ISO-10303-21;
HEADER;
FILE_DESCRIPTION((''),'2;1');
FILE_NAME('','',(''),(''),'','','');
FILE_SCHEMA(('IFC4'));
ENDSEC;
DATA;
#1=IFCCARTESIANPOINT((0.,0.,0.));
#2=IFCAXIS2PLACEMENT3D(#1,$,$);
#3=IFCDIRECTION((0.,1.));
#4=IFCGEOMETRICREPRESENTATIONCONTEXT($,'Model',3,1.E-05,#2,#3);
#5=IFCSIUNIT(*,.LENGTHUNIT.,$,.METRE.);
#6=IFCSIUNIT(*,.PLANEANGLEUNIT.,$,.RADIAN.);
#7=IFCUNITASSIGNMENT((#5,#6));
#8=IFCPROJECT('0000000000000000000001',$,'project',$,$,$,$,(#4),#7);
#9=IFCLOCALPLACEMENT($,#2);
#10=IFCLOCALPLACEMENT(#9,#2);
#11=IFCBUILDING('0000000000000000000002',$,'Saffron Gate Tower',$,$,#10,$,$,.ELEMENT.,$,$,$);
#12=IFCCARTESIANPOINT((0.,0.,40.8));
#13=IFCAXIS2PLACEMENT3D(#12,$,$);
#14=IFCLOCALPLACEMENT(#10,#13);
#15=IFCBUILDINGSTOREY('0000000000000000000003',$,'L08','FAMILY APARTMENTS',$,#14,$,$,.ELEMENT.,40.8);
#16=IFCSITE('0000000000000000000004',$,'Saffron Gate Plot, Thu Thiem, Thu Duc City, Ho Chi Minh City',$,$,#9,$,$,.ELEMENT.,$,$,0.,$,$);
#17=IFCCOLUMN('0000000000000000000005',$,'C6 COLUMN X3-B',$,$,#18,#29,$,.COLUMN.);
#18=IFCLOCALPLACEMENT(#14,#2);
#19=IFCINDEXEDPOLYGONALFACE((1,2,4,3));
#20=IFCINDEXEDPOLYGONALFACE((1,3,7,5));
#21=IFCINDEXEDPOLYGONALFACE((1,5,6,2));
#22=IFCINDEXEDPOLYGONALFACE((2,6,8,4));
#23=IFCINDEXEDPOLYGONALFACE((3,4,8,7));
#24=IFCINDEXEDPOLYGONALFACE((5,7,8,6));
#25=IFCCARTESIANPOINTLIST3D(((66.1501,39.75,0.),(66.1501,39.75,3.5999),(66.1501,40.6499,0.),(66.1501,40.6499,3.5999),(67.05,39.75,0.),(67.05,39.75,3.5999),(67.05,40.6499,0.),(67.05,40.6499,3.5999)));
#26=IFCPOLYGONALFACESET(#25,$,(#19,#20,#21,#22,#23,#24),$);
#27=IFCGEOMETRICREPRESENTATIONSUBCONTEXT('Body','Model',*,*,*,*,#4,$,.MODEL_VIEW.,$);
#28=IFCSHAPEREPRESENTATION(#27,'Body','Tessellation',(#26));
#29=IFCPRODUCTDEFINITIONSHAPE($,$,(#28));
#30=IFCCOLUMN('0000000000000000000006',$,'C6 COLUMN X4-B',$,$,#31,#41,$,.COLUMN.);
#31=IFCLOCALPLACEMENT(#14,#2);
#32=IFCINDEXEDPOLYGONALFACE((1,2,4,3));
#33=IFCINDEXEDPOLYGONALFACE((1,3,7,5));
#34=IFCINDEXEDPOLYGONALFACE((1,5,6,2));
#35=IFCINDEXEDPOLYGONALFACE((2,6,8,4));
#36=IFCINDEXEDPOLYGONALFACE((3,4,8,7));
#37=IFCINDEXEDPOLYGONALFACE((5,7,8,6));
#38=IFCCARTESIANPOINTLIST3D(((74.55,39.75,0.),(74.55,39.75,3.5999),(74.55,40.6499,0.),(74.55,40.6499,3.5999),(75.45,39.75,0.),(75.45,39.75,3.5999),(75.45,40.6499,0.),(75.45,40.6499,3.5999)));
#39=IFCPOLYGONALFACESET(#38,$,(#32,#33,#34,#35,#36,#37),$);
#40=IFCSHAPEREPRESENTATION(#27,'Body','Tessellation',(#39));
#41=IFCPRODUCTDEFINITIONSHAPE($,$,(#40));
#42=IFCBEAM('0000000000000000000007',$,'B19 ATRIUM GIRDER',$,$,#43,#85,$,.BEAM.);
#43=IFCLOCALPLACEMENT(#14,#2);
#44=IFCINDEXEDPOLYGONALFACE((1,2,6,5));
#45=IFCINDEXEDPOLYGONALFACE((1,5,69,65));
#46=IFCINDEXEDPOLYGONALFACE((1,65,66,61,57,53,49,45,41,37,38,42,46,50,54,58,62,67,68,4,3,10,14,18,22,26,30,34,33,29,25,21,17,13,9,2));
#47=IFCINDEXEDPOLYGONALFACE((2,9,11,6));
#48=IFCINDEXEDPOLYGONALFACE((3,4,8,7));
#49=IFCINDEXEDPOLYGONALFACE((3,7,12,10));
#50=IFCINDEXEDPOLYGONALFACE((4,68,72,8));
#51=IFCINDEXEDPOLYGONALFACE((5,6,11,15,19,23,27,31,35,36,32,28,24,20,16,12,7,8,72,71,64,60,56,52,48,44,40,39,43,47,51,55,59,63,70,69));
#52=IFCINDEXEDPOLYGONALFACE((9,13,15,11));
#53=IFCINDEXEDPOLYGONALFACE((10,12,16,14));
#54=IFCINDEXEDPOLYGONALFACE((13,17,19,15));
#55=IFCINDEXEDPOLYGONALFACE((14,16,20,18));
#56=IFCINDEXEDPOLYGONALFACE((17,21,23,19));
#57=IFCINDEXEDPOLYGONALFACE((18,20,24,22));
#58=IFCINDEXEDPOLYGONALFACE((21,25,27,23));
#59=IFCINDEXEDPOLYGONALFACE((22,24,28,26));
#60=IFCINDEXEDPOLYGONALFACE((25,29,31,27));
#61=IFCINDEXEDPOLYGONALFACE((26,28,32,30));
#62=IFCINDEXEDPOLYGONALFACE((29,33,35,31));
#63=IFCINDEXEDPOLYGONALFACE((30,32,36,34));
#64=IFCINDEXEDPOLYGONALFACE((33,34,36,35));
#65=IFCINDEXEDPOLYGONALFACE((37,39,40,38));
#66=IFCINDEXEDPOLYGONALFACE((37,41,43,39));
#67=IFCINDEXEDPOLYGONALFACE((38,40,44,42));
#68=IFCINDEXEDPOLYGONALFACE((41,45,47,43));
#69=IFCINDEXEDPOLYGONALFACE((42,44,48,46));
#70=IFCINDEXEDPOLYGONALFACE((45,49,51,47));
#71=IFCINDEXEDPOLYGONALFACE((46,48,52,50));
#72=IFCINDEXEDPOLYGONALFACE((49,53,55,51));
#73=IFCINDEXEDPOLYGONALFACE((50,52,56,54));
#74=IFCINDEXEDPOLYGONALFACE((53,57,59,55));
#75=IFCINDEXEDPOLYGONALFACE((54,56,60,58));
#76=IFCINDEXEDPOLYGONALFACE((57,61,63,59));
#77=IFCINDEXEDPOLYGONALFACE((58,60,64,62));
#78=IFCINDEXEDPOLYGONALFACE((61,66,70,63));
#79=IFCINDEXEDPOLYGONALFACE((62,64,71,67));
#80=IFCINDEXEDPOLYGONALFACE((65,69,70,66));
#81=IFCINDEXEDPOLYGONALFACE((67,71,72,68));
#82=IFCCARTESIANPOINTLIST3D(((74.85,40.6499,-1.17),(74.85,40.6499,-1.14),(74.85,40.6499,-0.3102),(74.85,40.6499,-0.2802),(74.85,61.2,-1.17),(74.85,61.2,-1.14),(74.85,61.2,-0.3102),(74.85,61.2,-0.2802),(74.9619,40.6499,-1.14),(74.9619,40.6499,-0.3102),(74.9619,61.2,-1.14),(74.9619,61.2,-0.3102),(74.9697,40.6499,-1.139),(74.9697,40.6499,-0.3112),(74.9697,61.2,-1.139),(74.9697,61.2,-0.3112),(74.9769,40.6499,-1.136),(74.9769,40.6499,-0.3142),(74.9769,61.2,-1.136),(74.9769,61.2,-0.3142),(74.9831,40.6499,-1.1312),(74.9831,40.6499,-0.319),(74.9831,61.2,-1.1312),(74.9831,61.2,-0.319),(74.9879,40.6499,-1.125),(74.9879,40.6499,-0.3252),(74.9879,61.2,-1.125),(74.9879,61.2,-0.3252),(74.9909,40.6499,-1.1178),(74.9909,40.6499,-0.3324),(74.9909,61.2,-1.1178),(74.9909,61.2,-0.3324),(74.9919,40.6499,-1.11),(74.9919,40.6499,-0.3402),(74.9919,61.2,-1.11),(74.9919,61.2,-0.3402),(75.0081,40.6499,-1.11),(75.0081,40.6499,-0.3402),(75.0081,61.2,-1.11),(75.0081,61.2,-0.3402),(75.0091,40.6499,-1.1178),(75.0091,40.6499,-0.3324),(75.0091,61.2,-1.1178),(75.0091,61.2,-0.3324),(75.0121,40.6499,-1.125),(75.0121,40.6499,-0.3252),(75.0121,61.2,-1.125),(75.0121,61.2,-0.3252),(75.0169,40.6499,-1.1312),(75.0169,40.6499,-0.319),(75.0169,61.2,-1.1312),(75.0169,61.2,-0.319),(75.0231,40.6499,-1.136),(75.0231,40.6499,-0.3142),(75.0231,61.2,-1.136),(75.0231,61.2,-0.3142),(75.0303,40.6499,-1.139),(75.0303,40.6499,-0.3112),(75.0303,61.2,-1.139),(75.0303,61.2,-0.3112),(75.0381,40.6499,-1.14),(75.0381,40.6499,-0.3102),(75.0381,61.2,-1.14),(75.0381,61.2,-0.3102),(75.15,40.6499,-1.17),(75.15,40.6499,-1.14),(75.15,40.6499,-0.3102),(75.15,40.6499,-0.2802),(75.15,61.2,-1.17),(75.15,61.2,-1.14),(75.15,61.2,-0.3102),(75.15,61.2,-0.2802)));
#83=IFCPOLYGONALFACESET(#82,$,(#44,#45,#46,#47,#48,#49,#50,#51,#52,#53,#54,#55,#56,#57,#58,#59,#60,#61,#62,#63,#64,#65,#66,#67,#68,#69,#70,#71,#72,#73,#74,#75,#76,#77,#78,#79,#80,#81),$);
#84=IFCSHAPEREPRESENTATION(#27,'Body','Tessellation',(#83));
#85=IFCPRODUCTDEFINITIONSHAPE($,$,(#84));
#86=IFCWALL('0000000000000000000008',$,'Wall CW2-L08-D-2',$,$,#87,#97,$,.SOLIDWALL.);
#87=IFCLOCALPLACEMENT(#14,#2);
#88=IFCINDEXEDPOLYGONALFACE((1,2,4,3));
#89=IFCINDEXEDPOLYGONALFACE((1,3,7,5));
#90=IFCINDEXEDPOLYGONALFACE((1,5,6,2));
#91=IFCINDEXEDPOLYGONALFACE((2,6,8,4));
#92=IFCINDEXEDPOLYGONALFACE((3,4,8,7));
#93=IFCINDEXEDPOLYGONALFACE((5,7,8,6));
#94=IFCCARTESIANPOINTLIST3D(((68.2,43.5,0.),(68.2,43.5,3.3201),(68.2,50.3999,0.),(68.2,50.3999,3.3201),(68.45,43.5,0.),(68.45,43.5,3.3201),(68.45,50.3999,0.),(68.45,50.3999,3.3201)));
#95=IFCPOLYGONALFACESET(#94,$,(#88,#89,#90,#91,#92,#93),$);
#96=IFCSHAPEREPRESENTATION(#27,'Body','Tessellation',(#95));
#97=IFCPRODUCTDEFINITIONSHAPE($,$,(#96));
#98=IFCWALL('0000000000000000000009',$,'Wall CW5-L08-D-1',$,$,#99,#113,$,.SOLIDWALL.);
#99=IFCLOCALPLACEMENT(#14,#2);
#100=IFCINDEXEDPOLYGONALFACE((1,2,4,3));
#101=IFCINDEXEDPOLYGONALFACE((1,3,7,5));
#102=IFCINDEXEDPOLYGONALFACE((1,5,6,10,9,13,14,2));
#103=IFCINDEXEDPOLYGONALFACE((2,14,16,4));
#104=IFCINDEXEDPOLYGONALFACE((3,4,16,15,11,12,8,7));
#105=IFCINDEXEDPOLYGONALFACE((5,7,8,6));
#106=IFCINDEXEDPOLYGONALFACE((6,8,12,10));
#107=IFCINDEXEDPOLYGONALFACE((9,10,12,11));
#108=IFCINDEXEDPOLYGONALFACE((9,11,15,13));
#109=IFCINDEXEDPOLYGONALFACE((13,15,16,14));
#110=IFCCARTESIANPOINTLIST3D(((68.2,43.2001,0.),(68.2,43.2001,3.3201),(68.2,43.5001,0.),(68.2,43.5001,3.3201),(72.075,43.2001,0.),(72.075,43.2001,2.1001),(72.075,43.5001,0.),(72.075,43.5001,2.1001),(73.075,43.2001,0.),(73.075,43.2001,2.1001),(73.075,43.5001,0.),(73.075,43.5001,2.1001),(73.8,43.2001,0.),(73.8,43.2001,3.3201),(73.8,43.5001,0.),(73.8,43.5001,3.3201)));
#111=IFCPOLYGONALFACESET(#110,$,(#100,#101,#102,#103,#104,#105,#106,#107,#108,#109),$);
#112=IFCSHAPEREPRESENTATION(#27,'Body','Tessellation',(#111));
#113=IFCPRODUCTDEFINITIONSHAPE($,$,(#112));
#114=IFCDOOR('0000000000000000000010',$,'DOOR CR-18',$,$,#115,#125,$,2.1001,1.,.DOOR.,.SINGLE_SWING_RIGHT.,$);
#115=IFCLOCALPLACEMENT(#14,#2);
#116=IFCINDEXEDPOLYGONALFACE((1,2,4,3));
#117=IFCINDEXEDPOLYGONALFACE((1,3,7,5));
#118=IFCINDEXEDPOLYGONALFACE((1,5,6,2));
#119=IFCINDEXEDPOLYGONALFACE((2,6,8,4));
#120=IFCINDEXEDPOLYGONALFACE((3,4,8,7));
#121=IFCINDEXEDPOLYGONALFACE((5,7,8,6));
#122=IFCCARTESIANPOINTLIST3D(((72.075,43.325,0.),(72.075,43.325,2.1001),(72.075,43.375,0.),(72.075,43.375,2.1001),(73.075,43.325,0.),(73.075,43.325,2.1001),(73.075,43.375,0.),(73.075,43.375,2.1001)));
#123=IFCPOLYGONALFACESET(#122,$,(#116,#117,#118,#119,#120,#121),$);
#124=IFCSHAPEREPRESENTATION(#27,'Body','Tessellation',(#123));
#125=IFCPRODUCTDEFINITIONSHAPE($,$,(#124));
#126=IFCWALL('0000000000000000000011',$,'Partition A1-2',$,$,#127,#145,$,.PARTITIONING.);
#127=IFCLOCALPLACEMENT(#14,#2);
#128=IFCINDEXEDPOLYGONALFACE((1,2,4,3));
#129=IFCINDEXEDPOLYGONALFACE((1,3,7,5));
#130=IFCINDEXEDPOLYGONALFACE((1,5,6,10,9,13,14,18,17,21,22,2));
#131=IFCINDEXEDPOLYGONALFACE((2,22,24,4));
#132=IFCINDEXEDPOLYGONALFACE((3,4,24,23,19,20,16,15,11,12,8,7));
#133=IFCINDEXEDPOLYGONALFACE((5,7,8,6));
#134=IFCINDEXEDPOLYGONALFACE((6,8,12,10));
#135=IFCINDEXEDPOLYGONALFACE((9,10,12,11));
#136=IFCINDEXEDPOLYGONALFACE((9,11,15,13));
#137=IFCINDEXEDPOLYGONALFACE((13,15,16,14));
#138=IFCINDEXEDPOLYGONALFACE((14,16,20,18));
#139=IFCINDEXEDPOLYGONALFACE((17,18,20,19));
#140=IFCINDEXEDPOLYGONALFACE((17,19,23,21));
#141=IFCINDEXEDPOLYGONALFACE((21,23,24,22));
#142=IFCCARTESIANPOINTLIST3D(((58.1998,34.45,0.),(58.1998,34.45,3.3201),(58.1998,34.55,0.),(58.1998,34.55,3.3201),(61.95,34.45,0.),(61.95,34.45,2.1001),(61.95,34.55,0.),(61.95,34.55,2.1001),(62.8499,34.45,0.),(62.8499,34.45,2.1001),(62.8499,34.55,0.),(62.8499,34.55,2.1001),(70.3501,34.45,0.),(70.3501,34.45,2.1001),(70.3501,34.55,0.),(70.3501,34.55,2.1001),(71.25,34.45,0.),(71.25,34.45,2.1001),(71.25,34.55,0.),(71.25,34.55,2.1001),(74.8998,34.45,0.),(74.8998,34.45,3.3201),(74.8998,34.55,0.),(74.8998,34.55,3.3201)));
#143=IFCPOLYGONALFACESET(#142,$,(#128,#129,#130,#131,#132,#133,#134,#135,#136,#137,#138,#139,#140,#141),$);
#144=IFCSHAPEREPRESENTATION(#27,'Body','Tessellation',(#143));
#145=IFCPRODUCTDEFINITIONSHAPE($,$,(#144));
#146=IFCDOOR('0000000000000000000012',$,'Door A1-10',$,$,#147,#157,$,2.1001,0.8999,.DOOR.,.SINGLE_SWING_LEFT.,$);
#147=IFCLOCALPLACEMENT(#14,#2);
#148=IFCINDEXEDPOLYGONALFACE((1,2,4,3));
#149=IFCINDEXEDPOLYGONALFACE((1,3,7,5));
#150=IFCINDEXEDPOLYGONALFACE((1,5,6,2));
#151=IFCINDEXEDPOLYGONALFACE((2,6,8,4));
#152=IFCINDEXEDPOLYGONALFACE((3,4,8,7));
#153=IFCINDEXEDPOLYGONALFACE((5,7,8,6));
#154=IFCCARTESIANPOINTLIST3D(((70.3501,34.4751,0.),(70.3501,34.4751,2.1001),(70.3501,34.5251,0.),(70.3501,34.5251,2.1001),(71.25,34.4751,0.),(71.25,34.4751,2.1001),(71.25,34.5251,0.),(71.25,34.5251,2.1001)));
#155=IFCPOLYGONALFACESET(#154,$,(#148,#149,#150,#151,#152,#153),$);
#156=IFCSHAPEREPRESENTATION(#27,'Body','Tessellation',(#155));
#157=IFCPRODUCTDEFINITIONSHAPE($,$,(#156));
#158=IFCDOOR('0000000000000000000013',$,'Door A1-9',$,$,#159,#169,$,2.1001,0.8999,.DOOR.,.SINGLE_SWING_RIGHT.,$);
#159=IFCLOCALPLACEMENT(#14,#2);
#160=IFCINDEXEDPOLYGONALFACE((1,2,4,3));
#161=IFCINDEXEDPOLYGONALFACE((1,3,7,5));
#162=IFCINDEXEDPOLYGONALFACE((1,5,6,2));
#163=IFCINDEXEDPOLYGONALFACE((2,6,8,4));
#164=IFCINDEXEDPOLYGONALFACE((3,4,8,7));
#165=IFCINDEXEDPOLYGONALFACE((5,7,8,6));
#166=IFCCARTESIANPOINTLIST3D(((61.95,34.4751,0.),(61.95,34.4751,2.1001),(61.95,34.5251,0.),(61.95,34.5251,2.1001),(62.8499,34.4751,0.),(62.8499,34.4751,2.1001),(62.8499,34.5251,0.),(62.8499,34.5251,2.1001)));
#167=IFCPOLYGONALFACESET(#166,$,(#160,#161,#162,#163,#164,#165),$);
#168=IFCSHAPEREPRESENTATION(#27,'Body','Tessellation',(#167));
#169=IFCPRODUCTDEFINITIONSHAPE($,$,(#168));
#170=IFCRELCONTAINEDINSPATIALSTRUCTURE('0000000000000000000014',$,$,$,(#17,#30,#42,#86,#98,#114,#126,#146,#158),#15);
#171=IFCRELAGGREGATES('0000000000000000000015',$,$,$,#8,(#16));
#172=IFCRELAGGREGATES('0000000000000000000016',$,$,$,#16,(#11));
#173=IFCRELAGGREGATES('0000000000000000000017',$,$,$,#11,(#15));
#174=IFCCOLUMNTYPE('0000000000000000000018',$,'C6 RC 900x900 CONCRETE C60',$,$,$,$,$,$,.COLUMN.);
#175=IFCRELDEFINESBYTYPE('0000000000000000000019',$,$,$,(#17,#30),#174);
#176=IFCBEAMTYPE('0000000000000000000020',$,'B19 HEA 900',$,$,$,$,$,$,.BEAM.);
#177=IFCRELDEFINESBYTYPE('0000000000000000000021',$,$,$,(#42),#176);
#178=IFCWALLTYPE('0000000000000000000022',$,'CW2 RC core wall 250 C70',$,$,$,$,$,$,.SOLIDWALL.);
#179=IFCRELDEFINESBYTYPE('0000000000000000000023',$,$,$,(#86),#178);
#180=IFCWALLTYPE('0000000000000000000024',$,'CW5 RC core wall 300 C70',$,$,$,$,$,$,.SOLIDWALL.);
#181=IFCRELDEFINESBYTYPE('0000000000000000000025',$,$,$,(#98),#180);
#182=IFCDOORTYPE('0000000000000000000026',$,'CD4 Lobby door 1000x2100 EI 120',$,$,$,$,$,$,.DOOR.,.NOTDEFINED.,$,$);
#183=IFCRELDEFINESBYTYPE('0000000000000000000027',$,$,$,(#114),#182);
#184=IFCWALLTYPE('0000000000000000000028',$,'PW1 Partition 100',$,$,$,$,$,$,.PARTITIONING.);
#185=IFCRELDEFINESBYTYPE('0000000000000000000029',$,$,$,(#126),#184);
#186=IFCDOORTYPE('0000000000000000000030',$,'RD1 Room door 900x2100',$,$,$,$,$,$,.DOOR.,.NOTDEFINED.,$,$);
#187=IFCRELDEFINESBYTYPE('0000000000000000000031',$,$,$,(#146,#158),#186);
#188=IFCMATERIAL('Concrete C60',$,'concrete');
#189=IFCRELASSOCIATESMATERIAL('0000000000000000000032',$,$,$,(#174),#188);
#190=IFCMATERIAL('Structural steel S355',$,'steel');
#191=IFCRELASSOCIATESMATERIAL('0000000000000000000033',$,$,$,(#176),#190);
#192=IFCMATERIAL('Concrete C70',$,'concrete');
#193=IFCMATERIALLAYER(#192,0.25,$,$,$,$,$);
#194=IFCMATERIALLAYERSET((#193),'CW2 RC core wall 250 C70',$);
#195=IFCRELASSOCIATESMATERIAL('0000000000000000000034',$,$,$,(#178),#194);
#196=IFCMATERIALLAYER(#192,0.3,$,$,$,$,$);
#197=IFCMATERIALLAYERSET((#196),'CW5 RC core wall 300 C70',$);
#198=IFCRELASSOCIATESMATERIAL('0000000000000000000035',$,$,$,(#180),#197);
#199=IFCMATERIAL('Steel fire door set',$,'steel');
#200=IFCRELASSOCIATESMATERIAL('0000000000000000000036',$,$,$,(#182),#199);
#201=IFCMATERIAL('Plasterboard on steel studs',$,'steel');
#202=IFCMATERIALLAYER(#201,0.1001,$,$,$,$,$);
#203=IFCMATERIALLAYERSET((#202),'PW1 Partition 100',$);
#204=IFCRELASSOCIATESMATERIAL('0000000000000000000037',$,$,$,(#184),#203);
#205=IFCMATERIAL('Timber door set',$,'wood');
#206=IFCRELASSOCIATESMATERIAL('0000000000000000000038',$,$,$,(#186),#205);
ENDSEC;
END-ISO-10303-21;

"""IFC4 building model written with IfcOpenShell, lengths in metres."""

from ifc_helpers import new_model, si_unit, direction, frame, frame_2d, origin, origin_2d, place, context, subcontext, project, spatial, rectangle, i_section, extrude, material, layer, layer_set, material_profile, profile_set, type_object, element, fill, save


model = new_model("IFC4")

# Units and contexts
model_context = context("Model", 3, precision=1e-05, world=origin(), true_north=direction((0.0, 1.0)))
body_context = subcontext(model_context, "Body", "Model", "MODEL_VIEW")
ifc_project = project(units=[si_unit("LENGTHUNIT", "METRE"), si_unit("PLANEANGLEUNIT", "RADIAN")], contexts=[model_context])

# Site, building, storey
site_placement = place(None, origin())
site = spatial("IfcSite", under=ifc_project, at=site_placement, Name="Saffron Gate Plot, Thu Thiem, Thu Duc City, Ho Chi Minh City", CompositionType="ELEMENT", RefElevation=0.0)
building_placement = place(site_placement, origin())
building = spatial("IfcBuilding", under=site, at=building_placement, Name="Saffron Gate Tower", CompositionType="ELEMENT")
storey_placement = place(building_placement, frame((0.0, 0.0, 40.8)))
storey = spatial("IfcBuildingStorey", under=building, at=storey_placement, Name="L08", Description="FAMILY APARTMENTS", CompositionType="ELEMENT", Elevation=40.8)

# Columns
ifc_material_1 = material(Name="Concrete C60", Category="concrete")
ifc_material_profile_1 = material_profile(ifc_material_1, rectangle(XDim=0.8999, YDim=0.8999, at=origin_2d()))
ifc_profile_set_1 = profile_set([ifc_material_profile_1], Name="Concrete C60")
column_type = type_object("IfcColumnType", Name="C6 RC 900x900 CONCRETE C60", PredefinedType="COLUMN", material=ifc_profile_set_1)
for number, where, z_axis, x_axis, name in (
    (1, (66.6001, 40.2, 0.0), (0.0, 0.0, 1.0), (1.0, 0.0, 0.0), "C6 COLUMN X3-B"),
    (2, (75.0, 40.2, 0.0), (0.0, 0.0, 1.0), (1.0, 0.0, 0.0), "C6 COLUMN X4-B"),
):
    element("IfcColumn", number, at=place(storey_placement, frame(where, z_axis=z_axis, x_axis=x_axis)), inside=storey, type_object=column_type, Name=name, PredefinedType="COLUMN", context=body_context, shape_type="SweptSolid", body=[
        extrude(rectangle(XDim=0.8999, YDim=0.8999, at=origin_2d()), origin(), (0.0, 0.0, 1.0), 3.5999),
    ])

# Beam
ifc_material_2 = material(Name="Structural steel S355", Category="steel")
ifc_material_profile_2 = material_profile(ifc_material_2, i_section(OverallWidth=0.3, OverallDepth=0.8899, WebThickness=0.0161, FlangeThickness=0.03, FilletRadius=0.03, at=origin_2d()))
ifc_profile_set_2 = profile_set([ifc_material_profile_2], Name="Structural steel S355")
beam_type = type_object("IfcBeamType", Name="B19 HEA 900", PredefinedType="BEAM", material=ifc_profile_set_2)
beam_placement = place(storey_placement, frame((75.0, 40.6499, -0.7251), z_axis=(0.0, 1.0, 0.0), x_axis=(-1.0, 0.0, 0.0)))
element("IfcBeam", 3, at=beam_placement, inside=storey, type_object=beam_type, Name="B19 ATRIUM GIRDER", PredefinedType="BEAM", context=body_context, shape_type="SweptSolid", body=[
    extrude(i_section(OverallWidth=0.3, OverallDepth=0.8899, WebThickness=0.0161, FlangeThickness=0.03, FilletRadius=0.03, at=origin_2d()), origin(), (0.0, 0.0, 1.0), 20.55),
])

# Wall
ifc_material_3 = material(Name="Concrete C70", Category="concrete")
ifc_layer_1 = layer(ifc_material_3, 0.25)
ifc_layer_set_1 = layer_set([ifc_layer_1], Name="CW2 RC core wall 250 C70")
wall_type_1 = type_object("IfcWallType", Name="CW2 RC core wall 250 C70", PredefinedType="SOLIDWALL", material=ifc_layer_set_1)
wall_1_placement = place(storey_placement, frame((68.325, 43.5, 0.0), z_axis=(0.0, 0.0, 1.0), x_axis=(0.0, 1.0, 0.0)))
element("IfcWall", 4, at=wall_1_placement, inside=storey, type_object=wall_type_1, Name="Wall CW2-L08-D-2", PredefinedType="SOLIDWALL", context=body_context, shape_type="SweptSolid", body=[
    extrude(rectangle(XDim=6.8999, YDim=0.25, at=frame_2d((3.45, 0.0))), origin(), (0.0, 0.0, 1.0), 3.3201),
])

# Wall, opening, door
ifc_layer_2 = layer(ifc_material_3, 0.3)
ifc_layer_set_2 = layer_set([ifc_layer_2], Name="CW5 RC core wall 300 C70")
wall_type_2 = type_object("IfcWallType", Name="CW5 RC core wall 300 C70", PredefinedType="SOLIDWALL", material=ifc_layer_set_2)
wall_2_placement = place(storey_placement, frame((68.2, 43.3501, 0.0), z_axis=(0.0, 0.0, 1.0), x_axis=(1.0, 0.0, 0.0)))
wall_2 = element("IfcWall", 5, at=wall_2_placement, inside=storey, type_object=wall_type_2, Name="Wall CW5-L08-D-1", PredefinedType="SOLIDWALL", context=body_context, shape_type="SweptSolid", body=[
    extrude(rectangle(XDim=5.6001, YDim=0.3, at=frame_2d((2.8, 0.0))), origin(), (0.0, 0.0, 1.0), 3.3201),
])
opening_1_placement = place(wall_2_placement, frame((3.875, 0.0, 0.0)))
opening_1 = element("IfcOpeningElement", 6, at=opening_1_placement, cuts=wall_2, PredefinedType="OPENING", context=body_context, shape_type="SweptSolid", body=[
    extrude(rectangle(XDim=1.0, YDim=2.1001, at=frame_2d((0.5, 1.05))), frame((0.0, 0.1602, 0.0), z_axis=(0.0, -1.0, 0.0), x_axis=(1.0, 0.0, 0.0)), (0.0, 0.0, 1.0), 0.3201),
])
ifc_material_4 = material(Name="Steel fire door set", Category="steel")
door_type_1 = type_object("IfcDoorType", Name="CD4 Lobby door 1000x2100 EI 120", OperationType="NOTDEFINED", PredefinedType="DOOR", material=ifc_material_4)
door_1_placement = place(opening_1_placement, origin())
door_1 = element("IfcDoor", 7, at=door_1_placement, inside=storey, type_object=door_type_1, Name="DOOR CR-18", OperationType="SINGLE_SWING_RIGHT", OverallHeight=2.1001, OverallWidth=1.0, PredefinedType="DOOR", context=body_context, shape_type="SweptSolid", body=[
    extrude(rectangle(XDim=1.0, YDim=2.1001, at=frame_2d((0.5, 1.05))), frame((0.0, 0.0249, 0.0), z_axis=(0.0, -1.0, 0.0), x_axis=(1.0, 0.0, 0.0)), (0.0, 0.0, 1.0), 0.05),
])
fill(opening_1, door_1)

# Wall, openings, doors
ifc_material_5 = material(Name="Plasterboard on steel studs", Category="steel")
ifc_layer_3 = layer(ifc_material_5, 0.1001)
ifc_layer_set_3 = layer_set([ifc_layer_3], Name="PW1 Partition 100")
wall_type_3 = type_object("IfcWallType", Name="PW1 Partition 100", PredefinedType="PARTITIONING", material=ifc_layer_set_3)
wall_3_placement = place(storey_placement, frame((74.8999, 34.5, 0.0), z_axis=(0.0, 0.0, 1.0), x_axis=(-1.0, 0.0, 0.0)))
wall_3 = element("IfcWall", 8, at=wall_3_placement, inside=storey, type_object=wall_type_3, Name="Partition A1-2", PredefinedType="PARTITIONING", context=body_context, shape_type="SweptSolid", body=[
    extrude(rectangle(XDim=16.7, YDim=0.1001, at=frame_2d((8.3501, 0.0))), origin(), (0.0, 0.0, 1.0), 3.3201),
])
opening_2_placement = place(wall_3_placement, frame((3.6499, 0.0, 0.0)))
opening_2 = element("IfcOpeningElement", 9, at=opening_2_placement, cuts=wall_3, PredefinedType="OPENING", context=body_context, shape_type="SweptSolid", body=[
    extrude(rectangle(XDim=0.8999, YDim=2.1001, at=frame_2d((0.45, 1.05))), frame((0.0, 0.0601, 0.0), z_axis=(0.0, -1.0, 0.0), x_axis=(1.0, 0.0, 0.0)), (0.0, 0.0, 1.0), 0.1201),
])
opening_3_placement = place(wall_3_placement, frame((12.05, 0.0, 0.0)))
opening_3 = element("IfcOpeningElement", 10, at=opening_3_placement, cuts=wall_3, PredefinedType="OPENING", context=body_context, shape_type="SweptSolid", body=[
    extrude(rectangle(XDim=0.8999, YDim=2.1001, at=frame_2d((0.45, 1.05))), frame((0.0, 0.0601, 0.0), z_axis=(0.0, -1.0, 0.0), x_axis=(1.0, 0.0, 0.0)), (0.0, 0.0, 1.0), 0.1201),
])
ifc_material_6 = material(Name="Timber door set", Category="wood")
door_type_2 = type_object("IfcDoorType", Name="RD1 Room door 900x2100", OperationType="NOTDEFINED", PredefinedType="DOOR", material=ifc_material_6)
door_2_placement = place(opening_2_placement, origin())
door_2 = element("IfcDoor", 11, at=door_2_placement, inside=storey, type_object=door_type_2, Name="Door A1-10", OperationType="SINGLE_SWING_LEFT", OverallHeight=2.1001, OverallWidth=0.8999, PredefinedType="DOOR", context=body_context, shape_type="SweptSolid", body=[
    extrude(rectangle(XDim=0.8999, YDim=2.1001, at=frame_2d((0.45, 1.05))), frame((0.0, 0.0249, 0.0), z_axis=(0.0, -1.0, 0.0), x_axis=(1.0, 0.0, 0.0)), (0.0, 0.0, 1.0), 0.05),
])
fill(opening_2, door_2)
door_3_placement = place(opening_3_placement, origin())
door_3 = element("IfcDoor", 12, at=door_3_placement, inside=storey, type_object=door_type_2, Name="Door A1-9", OperationType="SINGLE_SWING_RIGHT", OverallHeight=2.1001, OverallWidth=0.8999, PredefinedType="DOOR", context=body_context, shape_type="SweptSolid", body=[
    extrude(rectangle(XDim=0.8999, YDim=2.1001, at=frame_2d((0.45, 1.05))), frame((0.0, 0.0249, 0.0), z_axis=(0.0, -1.0, 0.0), x_axis=(1.0, 0.0, 0.0)), (0.0, 0.0, 1.0), 0.05),
])
fill(opening_3, door_3)

save(model, "model.ifc")
